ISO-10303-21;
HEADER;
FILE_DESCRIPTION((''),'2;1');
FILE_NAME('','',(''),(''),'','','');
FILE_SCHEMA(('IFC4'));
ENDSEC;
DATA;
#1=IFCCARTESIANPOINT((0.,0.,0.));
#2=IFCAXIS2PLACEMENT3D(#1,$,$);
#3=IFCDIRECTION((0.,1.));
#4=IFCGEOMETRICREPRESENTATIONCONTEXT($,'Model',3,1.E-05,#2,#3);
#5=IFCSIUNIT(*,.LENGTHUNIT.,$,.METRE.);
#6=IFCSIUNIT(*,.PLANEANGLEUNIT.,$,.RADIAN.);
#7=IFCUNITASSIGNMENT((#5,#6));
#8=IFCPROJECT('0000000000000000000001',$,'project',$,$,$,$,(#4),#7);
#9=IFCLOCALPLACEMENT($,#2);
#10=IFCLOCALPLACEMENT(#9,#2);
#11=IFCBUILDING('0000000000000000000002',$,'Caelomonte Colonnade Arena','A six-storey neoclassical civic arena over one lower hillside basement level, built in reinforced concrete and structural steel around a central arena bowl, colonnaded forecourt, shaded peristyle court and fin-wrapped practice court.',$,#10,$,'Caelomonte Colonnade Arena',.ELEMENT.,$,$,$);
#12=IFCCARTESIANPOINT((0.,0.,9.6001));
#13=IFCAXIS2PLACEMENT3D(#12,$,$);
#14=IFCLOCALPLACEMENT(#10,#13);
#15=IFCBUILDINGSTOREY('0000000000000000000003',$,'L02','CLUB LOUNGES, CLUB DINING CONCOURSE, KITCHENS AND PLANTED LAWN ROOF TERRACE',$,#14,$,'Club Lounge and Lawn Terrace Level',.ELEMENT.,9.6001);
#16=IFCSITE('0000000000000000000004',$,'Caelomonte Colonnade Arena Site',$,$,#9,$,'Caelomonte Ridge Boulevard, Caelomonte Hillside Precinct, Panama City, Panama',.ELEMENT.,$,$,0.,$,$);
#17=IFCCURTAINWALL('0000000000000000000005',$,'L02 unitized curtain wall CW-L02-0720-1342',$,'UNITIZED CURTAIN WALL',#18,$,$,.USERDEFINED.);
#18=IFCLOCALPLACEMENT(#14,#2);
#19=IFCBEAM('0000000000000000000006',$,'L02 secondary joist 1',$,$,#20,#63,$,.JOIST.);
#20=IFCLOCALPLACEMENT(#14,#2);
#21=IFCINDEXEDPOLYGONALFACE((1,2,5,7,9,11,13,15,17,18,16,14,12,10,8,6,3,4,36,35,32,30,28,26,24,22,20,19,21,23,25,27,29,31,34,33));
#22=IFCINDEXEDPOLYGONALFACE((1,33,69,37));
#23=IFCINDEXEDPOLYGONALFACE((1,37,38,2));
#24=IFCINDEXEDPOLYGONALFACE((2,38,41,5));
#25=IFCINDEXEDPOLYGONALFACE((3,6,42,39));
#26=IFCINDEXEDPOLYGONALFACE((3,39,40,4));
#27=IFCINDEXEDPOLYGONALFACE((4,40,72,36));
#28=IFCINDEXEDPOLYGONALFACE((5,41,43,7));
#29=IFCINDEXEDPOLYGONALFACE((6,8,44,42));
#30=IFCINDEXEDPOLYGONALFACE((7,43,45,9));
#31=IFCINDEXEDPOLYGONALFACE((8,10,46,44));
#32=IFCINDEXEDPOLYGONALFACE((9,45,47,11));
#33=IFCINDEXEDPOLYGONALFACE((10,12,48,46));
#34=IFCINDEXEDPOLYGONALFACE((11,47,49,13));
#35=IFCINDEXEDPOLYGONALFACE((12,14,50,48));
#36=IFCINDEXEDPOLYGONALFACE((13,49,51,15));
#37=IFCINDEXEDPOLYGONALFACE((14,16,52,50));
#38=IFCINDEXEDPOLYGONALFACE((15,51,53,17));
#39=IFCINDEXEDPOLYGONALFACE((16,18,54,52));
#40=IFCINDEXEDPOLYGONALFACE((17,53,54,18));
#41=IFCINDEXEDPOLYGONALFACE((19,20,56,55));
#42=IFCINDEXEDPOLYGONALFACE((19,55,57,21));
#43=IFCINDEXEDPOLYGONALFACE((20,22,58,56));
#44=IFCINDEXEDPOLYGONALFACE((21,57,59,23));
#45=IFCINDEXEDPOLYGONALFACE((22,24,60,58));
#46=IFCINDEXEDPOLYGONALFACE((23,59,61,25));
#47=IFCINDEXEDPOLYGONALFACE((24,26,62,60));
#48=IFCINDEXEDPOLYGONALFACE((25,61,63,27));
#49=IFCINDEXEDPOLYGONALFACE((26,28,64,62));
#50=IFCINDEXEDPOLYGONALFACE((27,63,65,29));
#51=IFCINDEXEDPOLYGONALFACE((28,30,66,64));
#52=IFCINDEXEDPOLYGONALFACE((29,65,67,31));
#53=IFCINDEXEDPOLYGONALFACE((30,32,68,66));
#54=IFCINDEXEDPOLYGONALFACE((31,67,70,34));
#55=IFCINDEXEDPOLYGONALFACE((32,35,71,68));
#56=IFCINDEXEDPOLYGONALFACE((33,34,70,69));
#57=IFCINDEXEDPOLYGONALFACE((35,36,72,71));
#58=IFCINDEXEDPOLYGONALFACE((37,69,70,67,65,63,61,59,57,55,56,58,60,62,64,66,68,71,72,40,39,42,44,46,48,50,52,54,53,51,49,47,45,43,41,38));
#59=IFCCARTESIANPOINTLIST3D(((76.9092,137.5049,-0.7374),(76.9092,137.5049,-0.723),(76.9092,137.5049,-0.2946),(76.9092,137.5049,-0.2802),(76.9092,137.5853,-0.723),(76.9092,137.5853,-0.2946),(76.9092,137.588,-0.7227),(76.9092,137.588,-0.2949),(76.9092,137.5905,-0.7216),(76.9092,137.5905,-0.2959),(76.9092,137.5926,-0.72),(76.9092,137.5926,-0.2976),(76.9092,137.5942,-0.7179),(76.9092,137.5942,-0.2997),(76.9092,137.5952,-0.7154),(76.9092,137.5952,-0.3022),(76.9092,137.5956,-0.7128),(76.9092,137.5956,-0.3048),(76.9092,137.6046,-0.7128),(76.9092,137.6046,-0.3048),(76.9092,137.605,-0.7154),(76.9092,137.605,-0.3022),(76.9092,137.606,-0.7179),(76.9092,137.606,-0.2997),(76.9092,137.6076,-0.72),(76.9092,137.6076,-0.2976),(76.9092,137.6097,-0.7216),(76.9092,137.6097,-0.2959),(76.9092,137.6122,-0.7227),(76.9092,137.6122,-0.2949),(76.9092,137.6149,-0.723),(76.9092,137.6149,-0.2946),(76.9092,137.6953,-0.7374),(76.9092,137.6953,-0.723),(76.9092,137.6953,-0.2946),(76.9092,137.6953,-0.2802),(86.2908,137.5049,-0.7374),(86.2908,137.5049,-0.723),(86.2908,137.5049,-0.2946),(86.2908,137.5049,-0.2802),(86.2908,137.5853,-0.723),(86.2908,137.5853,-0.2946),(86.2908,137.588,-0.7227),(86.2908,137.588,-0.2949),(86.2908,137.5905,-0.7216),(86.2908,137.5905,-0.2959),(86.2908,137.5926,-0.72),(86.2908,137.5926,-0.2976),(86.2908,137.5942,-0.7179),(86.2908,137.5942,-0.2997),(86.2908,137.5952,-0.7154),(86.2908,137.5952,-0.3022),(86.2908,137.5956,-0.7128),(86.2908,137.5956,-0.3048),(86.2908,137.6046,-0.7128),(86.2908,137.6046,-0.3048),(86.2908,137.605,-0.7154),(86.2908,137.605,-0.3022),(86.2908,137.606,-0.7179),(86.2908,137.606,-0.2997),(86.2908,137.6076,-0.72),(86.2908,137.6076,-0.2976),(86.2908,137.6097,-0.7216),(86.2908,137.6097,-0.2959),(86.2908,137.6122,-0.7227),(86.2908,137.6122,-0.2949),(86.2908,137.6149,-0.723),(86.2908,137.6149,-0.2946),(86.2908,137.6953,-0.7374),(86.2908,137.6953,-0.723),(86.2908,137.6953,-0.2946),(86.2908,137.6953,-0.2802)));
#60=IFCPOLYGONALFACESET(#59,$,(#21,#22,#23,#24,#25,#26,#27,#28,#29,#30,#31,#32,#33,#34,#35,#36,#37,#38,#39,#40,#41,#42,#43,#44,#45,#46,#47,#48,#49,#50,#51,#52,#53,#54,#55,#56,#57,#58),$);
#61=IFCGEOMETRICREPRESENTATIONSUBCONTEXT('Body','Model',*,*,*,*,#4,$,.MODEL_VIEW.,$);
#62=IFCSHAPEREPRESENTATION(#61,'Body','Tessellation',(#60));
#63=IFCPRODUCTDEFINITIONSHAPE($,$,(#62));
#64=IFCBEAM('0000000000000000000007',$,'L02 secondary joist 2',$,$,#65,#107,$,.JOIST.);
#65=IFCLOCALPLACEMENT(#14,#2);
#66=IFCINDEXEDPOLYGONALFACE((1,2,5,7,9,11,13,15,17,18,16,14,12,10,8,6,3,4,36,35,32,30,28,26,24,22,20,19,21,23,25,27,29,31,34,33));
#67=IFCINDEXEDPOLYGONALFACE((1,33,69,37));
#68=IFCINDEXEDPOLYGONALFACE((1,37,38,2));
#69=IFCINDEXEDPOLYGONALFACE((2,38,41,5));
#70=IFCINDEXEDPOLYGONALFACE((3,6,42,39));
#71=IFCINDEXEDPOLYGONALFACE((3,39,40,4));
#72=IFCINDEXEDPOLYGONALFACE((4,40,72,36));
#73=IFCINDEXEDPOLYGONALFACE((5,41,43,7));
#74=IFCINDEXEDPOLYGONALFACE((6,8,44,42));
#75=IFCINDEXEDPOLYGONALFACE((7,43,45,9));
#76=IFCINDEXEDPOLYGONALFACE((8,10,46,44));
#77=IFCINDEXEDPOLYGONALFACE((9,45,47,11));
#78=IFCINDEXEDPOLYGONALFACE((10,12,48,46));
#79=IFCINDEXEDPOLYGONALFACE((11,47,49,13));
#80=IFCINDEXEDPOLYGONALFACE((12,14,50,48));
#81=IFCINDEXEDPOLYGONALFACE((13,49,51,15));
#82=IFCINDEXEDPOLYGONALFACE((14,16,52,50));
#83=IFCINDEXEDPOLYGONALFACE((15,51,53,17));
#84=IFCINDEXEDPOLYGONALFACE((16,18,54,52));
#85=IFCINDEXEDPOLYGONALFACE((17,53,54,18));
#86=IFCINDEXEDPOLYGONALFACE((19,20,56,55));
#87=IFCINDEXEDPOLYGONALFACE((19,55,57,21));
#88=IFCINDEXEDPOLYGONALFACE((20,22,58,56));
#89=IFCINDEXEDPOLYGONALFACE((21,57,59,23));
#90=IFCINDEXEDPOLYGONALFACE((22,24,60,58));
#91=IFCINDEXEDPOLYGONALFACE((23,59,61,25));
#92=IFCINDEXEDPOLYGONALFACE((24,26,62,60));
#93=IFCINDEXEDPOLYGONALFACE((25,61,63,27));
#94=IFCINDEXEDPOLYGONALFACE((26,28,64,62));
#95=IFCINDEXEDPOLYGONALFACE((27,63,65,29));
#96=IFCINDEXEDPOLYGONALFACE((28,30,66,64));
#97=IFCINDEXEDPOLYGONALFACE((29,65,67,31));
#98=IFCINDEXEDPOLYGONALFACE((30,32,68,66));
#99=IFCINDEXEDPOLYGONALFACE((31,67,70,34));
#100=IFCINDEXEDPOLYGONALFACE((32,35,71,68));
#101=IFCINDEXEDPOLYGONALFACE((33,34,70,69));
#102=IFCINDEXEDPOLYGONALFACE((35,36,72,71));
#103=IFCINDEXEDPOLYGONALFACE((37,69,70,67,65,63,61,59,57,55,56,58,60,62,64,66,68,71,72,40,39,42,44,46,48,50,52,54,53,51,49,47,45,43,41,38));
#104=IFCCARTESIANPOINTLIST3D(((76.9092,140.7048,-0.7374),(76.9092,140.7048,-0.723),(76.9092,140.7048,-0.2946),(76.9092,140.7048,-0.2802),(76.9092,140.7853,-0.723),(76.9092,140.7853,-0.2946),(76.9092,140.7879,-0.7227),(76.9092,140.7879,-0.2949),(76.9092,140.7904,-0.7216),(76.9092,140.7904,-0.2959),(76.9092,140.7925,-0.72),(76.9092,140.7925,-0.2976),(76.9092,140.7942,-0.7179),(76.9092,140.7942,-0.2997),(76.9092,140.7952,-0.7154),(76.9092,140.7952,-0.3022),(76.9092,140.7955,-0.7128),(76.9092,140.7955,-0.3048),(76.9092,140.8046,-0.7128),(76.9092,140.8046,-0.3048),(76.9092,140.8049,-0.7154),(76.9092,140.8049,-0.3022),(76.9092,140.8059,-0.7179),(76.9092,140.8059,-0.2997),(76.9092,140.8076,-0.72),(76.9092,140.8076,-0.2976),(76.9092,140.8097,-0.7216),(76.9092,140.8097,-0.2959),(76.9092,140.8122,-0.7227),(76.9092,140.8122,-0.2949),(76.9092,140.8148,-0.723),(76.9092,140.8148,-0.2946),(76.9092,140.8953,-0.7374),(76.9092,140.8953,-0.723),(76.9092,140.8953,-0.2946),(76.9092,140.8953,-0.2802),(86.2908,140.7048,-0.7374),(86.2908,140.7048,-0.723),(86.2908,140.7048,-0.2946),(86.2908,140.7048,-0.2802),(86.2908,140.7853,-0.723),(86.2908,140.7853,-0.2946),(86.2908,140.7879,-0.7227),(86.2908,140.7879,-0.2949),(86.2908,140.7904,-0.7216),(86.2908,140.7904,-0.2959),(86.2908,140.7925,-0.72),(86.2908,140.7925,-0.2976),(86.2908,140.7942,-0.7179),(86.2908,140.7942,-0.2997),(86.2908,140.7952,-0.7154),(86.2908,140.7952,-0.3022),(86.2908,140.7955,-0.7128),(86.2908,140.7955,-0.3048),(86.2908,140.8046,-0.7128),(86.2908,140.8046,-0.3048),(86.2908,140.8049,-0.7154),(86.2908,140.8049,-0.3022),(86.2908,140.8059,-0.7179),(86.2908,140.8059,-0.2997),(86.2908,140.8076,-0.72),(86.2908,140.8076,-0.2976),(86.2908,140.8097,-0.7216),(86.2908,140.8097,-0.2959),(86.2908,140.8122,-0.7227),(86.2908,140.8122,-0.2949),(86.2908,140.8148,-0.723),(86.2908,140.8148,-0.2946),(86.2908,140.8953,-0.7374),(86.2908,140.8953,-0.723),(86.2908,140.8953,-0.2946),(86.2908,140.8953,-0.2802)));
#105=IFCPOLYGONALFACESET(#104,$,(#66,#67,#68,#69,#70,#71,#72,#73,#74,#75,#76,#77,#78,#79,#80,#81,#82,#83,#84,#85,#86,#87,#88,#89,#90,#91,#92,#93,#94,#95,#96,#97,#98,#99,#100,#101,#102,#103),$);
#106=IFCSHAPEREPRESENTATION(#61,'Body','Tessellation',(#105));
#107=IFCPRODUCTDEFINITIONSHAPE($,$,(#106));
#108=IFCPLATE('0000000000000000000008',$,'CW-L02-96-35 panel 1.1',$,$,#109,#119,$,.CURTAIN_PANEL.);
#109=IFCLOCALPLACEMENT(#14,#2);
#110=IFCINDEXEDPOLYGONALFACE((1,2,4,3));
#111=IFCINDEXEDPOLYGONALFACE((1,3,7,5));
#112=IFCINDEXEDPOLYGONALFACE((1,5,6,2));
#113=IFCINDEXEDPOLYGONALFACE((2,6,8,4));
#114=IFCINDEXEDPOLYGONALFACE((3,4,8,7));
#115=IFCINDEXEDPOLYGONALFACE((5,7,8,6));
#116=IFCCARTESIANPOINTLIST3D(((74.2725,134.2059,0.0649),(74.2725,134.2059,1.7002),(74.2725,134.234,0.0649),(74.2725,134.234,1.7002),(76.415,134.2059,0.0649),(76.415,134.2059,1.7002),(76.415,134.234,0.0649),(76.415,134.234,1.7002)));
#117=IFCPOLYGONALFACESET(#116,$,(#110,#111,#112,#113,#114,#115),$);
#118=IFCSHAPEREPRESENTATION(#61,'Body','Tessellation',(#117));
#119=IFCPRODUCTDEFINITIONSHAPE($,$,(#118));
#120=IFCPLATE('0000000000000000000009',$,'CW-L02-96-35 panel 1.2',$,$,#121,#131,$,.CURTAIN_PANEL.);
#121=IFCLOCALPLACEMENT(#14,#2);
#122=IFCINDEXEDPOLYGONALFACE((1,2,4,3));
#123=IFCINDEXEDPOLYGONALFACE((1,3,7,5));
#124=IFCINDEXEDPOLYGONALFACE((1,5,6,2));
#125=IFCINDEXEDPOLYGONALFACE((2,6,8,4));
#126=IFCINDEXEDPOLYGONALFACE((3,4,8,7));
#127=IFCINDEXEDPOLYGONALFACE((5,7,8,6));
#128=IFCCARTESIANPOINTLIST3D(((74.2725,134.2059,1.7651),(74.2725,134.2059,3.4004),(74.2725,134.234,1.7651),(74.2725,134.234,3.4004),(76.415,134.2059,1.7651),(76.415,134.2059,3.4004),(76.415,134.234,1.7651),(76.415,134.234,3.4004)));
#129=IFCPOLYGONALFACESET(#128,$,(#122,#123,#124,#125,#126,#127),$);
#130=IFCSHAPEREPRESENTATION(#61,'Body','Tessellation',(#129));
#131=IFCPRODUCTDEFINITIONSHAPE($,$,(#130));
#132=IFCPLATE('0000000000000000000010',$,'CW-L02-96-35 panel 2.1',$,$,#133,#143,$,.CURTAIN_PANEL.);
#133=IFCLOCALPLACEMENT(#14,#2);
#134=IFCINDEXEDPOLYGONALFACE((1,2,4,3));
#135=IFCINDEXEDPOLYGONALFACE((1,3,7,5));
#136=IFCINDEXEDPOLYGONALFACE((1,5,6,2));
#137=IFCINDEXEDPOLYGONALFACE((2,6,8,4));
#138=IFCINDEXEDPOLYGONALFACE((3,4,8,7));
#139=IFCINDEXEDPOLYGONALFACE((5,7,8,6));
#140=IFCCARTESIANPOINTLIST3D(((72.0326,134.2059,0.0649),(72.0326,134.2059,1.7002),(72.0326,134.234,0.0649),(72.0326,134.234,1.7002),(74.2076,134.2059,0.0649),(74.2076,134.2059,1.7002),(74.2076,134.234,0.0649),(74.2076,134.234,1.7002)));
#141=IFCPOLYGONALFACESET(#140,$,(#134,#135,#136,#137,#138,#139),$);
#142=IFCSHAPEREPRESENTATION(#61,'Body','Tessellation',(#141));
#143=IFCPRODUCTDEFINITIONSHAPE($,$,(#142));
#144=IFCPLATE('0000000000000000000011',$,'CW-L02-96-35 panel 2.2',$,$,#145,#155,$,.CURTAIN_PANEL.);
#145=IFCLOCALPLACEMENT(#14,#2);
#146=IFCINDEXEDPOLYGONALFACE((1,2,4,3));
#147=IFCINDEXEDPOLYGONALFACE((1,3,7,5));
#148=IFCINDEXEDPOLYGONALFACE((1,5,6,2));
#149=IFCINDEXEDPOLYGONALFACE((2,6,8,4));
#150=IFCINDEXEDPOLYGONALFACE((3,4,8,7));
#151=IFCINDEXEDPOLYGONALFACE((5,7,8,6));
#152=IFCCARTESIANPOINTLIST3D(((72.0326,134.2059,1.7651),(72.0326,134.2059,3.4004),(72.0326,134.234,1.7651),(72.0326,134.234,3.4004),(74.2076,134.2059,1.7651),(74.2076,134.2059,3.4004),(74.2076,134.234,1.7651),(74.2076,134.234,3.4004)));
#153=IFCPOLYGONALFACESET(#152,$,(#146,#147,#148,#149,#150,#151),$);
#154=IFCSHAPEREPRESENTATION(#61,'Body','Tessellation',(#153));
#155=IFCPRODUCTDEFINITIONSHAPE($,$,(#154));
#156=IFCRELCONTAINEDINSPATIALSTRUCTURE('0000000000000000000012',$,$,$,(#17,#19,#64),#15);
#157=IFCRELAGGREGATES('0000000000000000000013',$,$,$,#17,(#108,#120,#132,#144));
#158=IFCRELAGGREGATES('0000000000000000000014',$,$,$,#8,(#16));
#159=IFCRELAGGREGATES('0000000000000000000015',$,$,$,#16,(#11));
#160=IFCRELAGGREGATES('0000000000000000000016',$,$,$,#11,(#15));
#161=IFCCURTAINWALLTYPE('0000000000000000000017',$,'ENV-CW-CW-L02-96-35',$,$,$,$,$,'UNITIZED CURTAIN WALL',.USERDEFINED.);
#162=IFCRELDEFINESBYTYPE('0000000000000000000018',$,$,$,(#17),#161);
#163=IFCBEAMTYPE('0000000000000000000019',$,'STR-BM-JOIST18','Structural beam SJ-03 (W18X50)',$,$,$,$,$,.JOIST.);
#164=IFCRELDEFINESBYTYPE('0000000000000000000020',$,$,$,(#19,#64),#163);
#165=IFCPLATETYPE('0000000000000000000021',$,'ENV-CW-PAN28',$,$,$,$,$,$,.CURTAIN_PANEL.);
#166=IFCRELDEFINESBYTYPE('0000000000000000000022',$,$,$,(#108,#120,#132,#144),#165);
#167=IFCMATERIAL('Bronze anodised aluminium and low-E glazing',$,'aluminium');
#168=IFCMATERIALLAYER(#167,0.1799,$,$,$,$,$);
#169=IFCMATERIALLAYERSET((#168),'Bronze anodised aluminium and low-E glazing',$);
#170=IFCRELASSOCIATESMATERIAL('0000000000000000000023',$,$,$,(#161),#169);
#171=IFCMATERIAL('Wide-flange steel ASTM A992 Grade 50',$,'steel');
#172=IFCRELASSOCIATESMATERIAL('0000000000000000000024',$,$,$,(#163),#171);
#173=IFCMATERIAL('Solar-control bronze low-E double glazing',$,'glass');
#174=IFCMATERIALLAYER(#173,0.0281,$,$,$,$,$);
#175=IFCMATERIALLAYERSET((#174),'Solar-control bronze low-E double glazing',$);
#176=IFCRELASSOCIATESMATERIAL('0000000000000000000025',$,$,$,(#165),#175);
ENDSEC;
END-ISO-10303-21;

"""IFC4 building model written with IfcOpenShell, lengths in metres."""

from ifc_helpers import new_model, si_unit, direction, frame, origin, origin_2d, place, context, subcontext, project, spatial, rectangle, i_section, extrude, material, layer, layer_set, material_profile, profile_set, type_object, element, aggregate, save


model = new_model("IFC4")

# Units and contexts
model_context = context("Model", 3, precision=1e-05, world=origin(), true_north=direction((0.0, 1.0)))
body_context = subcontext(model_context, "Body", "Model", "MODEL_VIEW")
ifc_project = project(units=[si_unit("LENGTHUNIT", "METRE"), si_unit("PLANEANGLEUNIT", "RADIAN")], contexts=[model_context])

# Site, building, storey
site_placement = place(None, origin())
site = spatial("IfcSite", under=ifc_project, at=site_placement, Name="Caelomonte Colonnade Arena Site", LongName="Caelomonte Ridge Boulevard, Caelomonte Hillside Precinct, Panama City, Panama", CompositionType="ELEMENT", RefElevation=0.0)
building_placement = place(site_placement, origin())
building = spatial("IfcBuilding", under=site, at=building_placement, Name="Caelomonte Colonnade Arena", Description="A six-storey neoclassical civic arena over one lower hillside basement level, built in reinforced concrete and structural steel around a central arena bowl, colonnaded forecourt, shaded peristyle court and fin-wrapped practice court.", LongName="Caelomonte Colonnade Arena", CompositionType="ELEMENT")
storey_placement = place(building_placement, frame((0.0, 0.0, 9.6001)))
storey = spatial("IfcBuildingStorey", under=building, at=storey_placement, Name="L02", Description="CLUB LOUNGES, CLUB DINING CONCOURSE, KITCHENS AND PLANTED LAWN ROOF TERRACE", LongName="Club Lounge and Lawn Terrace Level", CompositionType="ELEMENT", Elevation=9.6001)

# Curtain wall
ifc_material_1 = material(Name="Bronze anodised aluminium and low-E glazing", Category="aluminium")
ifc_layer_1 = layer(ifc_material_1, 0.1799)
ifc_layer_set_1 = layer_set([ifc_layer_1], Name="Bronze anodised aluminium and low-E glazing")
curtain_wall_type = type_object("IfcCurtainWallType", Name="ENV-CW-CW-L02-96-35", ElementType="UNITIZED CURTAIN WALL", PredefinedType="USERDEFINED", material=ifc_layer_set_1)
curtain_wall_placement = place(storey_placement, origin())
curtain_wall = element("IfcCurtainWall", 1, at=curtain_wall_placement, inside=storey, type_object=curtain_wall_type, Name="L02 unitized curtain wall CW-L02-0720-1342", ObjectType="UNITIZED CURTAIN WALL", PredefinedType="USERDEFINED")

# Beams
ifc_material_2 = material(Name="Wide-flange steel ASTM A992 Grade 50", Category="steel")
ifc_material_profile_1 = material_profile(ifc_material_2, i_section(OverallWidth=0.1904, OverallDepth=0.4573, WebThickness=0.009, FlangeThickness=0.0144, FilletRadius=0.0103, at=origin_2d()), Name="W18X50")
ifc_profile_set_1 = profile_set([ifc_material_profile_1], Name="Wide-flange steel ASTM A992 Grade 50")
beam_type_1 = type_object("IfcBeamType", Name="STR-BM-JOIST18", Description="Structural beam SJ-03 (W18X50)", PredefinedType="JOIST", material=ifc_profile_set_1)
for number, where, z_axis, x_axis, name in (
    (2, (76.9092, 137.6001, -0.5088), (1.0, 0.0, 0.0), (0.0, 1.0, 0.0), "L02 secondary joist 1"),
    (3, (76.9092, 140.8, -0.5088), (1.0, 0.0, 0.0), (0.0, 1.0, 0.0), "L02 secondary joist 2"),
):
    element("IfcBeam", number, at=place(storey_placement, frame(where, z_axis=z_axis, x_axis=x_axis)), inside=storey, type_object=beam_type_1, Name=name, PredefinedType="JOIST", context=body_context, shape_type="SweptSolid", body=[
        extrude(i_section(OverallWidth=0.1904, OverallDepth=0.4573, WebThickness=0.009, FlangeThickness=0.0144, FilletRadius=0.0103, at=origin_2d()), origin(), (0.0, 0.0, 1.0), 9.3816),
    ])

# Plates
ifc_material_3 = material(Name="Solar-control bronze low-E double glazing", Category="glass")
ifc_layer_2 = layer(ifc_material_3, 0.0281)
ifc_layer_set_2 = layer_set([ifc_layer_2], Name="Solar-control bronze low-E double glazing")
plate_type = type_object("IfcPlateType", Name="ENV-CW-PAN28", PredefinedType="CURTAIN_PANEL", material=ifc_layer_set_2)
plate_1_placement = place(storey_placement, frame((75.3438, 134.22, 0.0649), z_axis=(0.0, 0.0, 1.0), x_axis=(-1.0, 0.0, 0.0)))
plate_1 = element("IfcPlate", 4, at=plate_1_placement, type_object=plate_type, Name="CW-L02-96-35 panel 1.1", PredefinedType="CURTAIN_PANEL", context=body_context, shape_type="SweptSolid", body=[
    extrude(rectangle(XDim=2.1426, YDim=0.0281, at=origin_2d()), origin(), (0.0, 0.0, 1.0), 1.6353),
])
plate_2_placement = place(storey_placement, frame((75.3438, 134.22, 1.7651), z_axis=(0.0, 0.0, 1.0), x_axis=(-1.0, 0.0, 0.0)))
plate_2 = element("IfcPlate", 5, at=plate_2_placement, type_object=plate_type, Name="CW-L02-96-35 panel 1.2", PredefinedType="CURTAIN_PANEL", context=body_context, shape_type="SweptSolid", body=[
    extrude(rectangle(XDim=2.1426, YDim=0.0281, at=origin_2d()), origin(), (0.0, 0.0, 1.0), 1.6353),
])
plate_3_placement = place(storey_placement, frame((73.1201, 134.22, 0.0649), z_axis=(0.0, 0.0, 1.0), x_axis=(-1.0, 0.0, 0.0)))
plate_3 = element("IfcPlate", 6, at=plate_3_placement, type_object=plate_type, Name="CW-L02-96-35 panel 2.1", PredefinedType="CURTAIN_PANEL", context=body_context, shape_type="SweptSolid", body=[
    extrude(rectangle(XDim=2.175, YDim=0.0281, at=origin_2d()), origin(), (0.0, 0.0, 1.0), 1.6353),
])
plate_4_placement = place(storey_placement, frame((73.1201, 134.22, 1.7651), z_axis=(0.0, 0.0, 1.0), x_axis=(-1.0, 0.0, 0.0)))
plate_4 = element("IfcPlate", 7, at=plate_4_placement, type_object=plate_type, Name="CW-L02-96-35 panel 2.2", PredefinedType="CURTAIN_PANEL", context=body_context, shape_type="SweptSolid", body=[
    extrude(rectangle(XDim=2.175, YDim=0.0281, at=origin_2d()), origin(), (0.0, 0.0, 1.0), 1.6353),
])
aggregate(curtain_wall, [plate_1, plate_2, plate_3, plate_4])

save(model, "model.ifc")
